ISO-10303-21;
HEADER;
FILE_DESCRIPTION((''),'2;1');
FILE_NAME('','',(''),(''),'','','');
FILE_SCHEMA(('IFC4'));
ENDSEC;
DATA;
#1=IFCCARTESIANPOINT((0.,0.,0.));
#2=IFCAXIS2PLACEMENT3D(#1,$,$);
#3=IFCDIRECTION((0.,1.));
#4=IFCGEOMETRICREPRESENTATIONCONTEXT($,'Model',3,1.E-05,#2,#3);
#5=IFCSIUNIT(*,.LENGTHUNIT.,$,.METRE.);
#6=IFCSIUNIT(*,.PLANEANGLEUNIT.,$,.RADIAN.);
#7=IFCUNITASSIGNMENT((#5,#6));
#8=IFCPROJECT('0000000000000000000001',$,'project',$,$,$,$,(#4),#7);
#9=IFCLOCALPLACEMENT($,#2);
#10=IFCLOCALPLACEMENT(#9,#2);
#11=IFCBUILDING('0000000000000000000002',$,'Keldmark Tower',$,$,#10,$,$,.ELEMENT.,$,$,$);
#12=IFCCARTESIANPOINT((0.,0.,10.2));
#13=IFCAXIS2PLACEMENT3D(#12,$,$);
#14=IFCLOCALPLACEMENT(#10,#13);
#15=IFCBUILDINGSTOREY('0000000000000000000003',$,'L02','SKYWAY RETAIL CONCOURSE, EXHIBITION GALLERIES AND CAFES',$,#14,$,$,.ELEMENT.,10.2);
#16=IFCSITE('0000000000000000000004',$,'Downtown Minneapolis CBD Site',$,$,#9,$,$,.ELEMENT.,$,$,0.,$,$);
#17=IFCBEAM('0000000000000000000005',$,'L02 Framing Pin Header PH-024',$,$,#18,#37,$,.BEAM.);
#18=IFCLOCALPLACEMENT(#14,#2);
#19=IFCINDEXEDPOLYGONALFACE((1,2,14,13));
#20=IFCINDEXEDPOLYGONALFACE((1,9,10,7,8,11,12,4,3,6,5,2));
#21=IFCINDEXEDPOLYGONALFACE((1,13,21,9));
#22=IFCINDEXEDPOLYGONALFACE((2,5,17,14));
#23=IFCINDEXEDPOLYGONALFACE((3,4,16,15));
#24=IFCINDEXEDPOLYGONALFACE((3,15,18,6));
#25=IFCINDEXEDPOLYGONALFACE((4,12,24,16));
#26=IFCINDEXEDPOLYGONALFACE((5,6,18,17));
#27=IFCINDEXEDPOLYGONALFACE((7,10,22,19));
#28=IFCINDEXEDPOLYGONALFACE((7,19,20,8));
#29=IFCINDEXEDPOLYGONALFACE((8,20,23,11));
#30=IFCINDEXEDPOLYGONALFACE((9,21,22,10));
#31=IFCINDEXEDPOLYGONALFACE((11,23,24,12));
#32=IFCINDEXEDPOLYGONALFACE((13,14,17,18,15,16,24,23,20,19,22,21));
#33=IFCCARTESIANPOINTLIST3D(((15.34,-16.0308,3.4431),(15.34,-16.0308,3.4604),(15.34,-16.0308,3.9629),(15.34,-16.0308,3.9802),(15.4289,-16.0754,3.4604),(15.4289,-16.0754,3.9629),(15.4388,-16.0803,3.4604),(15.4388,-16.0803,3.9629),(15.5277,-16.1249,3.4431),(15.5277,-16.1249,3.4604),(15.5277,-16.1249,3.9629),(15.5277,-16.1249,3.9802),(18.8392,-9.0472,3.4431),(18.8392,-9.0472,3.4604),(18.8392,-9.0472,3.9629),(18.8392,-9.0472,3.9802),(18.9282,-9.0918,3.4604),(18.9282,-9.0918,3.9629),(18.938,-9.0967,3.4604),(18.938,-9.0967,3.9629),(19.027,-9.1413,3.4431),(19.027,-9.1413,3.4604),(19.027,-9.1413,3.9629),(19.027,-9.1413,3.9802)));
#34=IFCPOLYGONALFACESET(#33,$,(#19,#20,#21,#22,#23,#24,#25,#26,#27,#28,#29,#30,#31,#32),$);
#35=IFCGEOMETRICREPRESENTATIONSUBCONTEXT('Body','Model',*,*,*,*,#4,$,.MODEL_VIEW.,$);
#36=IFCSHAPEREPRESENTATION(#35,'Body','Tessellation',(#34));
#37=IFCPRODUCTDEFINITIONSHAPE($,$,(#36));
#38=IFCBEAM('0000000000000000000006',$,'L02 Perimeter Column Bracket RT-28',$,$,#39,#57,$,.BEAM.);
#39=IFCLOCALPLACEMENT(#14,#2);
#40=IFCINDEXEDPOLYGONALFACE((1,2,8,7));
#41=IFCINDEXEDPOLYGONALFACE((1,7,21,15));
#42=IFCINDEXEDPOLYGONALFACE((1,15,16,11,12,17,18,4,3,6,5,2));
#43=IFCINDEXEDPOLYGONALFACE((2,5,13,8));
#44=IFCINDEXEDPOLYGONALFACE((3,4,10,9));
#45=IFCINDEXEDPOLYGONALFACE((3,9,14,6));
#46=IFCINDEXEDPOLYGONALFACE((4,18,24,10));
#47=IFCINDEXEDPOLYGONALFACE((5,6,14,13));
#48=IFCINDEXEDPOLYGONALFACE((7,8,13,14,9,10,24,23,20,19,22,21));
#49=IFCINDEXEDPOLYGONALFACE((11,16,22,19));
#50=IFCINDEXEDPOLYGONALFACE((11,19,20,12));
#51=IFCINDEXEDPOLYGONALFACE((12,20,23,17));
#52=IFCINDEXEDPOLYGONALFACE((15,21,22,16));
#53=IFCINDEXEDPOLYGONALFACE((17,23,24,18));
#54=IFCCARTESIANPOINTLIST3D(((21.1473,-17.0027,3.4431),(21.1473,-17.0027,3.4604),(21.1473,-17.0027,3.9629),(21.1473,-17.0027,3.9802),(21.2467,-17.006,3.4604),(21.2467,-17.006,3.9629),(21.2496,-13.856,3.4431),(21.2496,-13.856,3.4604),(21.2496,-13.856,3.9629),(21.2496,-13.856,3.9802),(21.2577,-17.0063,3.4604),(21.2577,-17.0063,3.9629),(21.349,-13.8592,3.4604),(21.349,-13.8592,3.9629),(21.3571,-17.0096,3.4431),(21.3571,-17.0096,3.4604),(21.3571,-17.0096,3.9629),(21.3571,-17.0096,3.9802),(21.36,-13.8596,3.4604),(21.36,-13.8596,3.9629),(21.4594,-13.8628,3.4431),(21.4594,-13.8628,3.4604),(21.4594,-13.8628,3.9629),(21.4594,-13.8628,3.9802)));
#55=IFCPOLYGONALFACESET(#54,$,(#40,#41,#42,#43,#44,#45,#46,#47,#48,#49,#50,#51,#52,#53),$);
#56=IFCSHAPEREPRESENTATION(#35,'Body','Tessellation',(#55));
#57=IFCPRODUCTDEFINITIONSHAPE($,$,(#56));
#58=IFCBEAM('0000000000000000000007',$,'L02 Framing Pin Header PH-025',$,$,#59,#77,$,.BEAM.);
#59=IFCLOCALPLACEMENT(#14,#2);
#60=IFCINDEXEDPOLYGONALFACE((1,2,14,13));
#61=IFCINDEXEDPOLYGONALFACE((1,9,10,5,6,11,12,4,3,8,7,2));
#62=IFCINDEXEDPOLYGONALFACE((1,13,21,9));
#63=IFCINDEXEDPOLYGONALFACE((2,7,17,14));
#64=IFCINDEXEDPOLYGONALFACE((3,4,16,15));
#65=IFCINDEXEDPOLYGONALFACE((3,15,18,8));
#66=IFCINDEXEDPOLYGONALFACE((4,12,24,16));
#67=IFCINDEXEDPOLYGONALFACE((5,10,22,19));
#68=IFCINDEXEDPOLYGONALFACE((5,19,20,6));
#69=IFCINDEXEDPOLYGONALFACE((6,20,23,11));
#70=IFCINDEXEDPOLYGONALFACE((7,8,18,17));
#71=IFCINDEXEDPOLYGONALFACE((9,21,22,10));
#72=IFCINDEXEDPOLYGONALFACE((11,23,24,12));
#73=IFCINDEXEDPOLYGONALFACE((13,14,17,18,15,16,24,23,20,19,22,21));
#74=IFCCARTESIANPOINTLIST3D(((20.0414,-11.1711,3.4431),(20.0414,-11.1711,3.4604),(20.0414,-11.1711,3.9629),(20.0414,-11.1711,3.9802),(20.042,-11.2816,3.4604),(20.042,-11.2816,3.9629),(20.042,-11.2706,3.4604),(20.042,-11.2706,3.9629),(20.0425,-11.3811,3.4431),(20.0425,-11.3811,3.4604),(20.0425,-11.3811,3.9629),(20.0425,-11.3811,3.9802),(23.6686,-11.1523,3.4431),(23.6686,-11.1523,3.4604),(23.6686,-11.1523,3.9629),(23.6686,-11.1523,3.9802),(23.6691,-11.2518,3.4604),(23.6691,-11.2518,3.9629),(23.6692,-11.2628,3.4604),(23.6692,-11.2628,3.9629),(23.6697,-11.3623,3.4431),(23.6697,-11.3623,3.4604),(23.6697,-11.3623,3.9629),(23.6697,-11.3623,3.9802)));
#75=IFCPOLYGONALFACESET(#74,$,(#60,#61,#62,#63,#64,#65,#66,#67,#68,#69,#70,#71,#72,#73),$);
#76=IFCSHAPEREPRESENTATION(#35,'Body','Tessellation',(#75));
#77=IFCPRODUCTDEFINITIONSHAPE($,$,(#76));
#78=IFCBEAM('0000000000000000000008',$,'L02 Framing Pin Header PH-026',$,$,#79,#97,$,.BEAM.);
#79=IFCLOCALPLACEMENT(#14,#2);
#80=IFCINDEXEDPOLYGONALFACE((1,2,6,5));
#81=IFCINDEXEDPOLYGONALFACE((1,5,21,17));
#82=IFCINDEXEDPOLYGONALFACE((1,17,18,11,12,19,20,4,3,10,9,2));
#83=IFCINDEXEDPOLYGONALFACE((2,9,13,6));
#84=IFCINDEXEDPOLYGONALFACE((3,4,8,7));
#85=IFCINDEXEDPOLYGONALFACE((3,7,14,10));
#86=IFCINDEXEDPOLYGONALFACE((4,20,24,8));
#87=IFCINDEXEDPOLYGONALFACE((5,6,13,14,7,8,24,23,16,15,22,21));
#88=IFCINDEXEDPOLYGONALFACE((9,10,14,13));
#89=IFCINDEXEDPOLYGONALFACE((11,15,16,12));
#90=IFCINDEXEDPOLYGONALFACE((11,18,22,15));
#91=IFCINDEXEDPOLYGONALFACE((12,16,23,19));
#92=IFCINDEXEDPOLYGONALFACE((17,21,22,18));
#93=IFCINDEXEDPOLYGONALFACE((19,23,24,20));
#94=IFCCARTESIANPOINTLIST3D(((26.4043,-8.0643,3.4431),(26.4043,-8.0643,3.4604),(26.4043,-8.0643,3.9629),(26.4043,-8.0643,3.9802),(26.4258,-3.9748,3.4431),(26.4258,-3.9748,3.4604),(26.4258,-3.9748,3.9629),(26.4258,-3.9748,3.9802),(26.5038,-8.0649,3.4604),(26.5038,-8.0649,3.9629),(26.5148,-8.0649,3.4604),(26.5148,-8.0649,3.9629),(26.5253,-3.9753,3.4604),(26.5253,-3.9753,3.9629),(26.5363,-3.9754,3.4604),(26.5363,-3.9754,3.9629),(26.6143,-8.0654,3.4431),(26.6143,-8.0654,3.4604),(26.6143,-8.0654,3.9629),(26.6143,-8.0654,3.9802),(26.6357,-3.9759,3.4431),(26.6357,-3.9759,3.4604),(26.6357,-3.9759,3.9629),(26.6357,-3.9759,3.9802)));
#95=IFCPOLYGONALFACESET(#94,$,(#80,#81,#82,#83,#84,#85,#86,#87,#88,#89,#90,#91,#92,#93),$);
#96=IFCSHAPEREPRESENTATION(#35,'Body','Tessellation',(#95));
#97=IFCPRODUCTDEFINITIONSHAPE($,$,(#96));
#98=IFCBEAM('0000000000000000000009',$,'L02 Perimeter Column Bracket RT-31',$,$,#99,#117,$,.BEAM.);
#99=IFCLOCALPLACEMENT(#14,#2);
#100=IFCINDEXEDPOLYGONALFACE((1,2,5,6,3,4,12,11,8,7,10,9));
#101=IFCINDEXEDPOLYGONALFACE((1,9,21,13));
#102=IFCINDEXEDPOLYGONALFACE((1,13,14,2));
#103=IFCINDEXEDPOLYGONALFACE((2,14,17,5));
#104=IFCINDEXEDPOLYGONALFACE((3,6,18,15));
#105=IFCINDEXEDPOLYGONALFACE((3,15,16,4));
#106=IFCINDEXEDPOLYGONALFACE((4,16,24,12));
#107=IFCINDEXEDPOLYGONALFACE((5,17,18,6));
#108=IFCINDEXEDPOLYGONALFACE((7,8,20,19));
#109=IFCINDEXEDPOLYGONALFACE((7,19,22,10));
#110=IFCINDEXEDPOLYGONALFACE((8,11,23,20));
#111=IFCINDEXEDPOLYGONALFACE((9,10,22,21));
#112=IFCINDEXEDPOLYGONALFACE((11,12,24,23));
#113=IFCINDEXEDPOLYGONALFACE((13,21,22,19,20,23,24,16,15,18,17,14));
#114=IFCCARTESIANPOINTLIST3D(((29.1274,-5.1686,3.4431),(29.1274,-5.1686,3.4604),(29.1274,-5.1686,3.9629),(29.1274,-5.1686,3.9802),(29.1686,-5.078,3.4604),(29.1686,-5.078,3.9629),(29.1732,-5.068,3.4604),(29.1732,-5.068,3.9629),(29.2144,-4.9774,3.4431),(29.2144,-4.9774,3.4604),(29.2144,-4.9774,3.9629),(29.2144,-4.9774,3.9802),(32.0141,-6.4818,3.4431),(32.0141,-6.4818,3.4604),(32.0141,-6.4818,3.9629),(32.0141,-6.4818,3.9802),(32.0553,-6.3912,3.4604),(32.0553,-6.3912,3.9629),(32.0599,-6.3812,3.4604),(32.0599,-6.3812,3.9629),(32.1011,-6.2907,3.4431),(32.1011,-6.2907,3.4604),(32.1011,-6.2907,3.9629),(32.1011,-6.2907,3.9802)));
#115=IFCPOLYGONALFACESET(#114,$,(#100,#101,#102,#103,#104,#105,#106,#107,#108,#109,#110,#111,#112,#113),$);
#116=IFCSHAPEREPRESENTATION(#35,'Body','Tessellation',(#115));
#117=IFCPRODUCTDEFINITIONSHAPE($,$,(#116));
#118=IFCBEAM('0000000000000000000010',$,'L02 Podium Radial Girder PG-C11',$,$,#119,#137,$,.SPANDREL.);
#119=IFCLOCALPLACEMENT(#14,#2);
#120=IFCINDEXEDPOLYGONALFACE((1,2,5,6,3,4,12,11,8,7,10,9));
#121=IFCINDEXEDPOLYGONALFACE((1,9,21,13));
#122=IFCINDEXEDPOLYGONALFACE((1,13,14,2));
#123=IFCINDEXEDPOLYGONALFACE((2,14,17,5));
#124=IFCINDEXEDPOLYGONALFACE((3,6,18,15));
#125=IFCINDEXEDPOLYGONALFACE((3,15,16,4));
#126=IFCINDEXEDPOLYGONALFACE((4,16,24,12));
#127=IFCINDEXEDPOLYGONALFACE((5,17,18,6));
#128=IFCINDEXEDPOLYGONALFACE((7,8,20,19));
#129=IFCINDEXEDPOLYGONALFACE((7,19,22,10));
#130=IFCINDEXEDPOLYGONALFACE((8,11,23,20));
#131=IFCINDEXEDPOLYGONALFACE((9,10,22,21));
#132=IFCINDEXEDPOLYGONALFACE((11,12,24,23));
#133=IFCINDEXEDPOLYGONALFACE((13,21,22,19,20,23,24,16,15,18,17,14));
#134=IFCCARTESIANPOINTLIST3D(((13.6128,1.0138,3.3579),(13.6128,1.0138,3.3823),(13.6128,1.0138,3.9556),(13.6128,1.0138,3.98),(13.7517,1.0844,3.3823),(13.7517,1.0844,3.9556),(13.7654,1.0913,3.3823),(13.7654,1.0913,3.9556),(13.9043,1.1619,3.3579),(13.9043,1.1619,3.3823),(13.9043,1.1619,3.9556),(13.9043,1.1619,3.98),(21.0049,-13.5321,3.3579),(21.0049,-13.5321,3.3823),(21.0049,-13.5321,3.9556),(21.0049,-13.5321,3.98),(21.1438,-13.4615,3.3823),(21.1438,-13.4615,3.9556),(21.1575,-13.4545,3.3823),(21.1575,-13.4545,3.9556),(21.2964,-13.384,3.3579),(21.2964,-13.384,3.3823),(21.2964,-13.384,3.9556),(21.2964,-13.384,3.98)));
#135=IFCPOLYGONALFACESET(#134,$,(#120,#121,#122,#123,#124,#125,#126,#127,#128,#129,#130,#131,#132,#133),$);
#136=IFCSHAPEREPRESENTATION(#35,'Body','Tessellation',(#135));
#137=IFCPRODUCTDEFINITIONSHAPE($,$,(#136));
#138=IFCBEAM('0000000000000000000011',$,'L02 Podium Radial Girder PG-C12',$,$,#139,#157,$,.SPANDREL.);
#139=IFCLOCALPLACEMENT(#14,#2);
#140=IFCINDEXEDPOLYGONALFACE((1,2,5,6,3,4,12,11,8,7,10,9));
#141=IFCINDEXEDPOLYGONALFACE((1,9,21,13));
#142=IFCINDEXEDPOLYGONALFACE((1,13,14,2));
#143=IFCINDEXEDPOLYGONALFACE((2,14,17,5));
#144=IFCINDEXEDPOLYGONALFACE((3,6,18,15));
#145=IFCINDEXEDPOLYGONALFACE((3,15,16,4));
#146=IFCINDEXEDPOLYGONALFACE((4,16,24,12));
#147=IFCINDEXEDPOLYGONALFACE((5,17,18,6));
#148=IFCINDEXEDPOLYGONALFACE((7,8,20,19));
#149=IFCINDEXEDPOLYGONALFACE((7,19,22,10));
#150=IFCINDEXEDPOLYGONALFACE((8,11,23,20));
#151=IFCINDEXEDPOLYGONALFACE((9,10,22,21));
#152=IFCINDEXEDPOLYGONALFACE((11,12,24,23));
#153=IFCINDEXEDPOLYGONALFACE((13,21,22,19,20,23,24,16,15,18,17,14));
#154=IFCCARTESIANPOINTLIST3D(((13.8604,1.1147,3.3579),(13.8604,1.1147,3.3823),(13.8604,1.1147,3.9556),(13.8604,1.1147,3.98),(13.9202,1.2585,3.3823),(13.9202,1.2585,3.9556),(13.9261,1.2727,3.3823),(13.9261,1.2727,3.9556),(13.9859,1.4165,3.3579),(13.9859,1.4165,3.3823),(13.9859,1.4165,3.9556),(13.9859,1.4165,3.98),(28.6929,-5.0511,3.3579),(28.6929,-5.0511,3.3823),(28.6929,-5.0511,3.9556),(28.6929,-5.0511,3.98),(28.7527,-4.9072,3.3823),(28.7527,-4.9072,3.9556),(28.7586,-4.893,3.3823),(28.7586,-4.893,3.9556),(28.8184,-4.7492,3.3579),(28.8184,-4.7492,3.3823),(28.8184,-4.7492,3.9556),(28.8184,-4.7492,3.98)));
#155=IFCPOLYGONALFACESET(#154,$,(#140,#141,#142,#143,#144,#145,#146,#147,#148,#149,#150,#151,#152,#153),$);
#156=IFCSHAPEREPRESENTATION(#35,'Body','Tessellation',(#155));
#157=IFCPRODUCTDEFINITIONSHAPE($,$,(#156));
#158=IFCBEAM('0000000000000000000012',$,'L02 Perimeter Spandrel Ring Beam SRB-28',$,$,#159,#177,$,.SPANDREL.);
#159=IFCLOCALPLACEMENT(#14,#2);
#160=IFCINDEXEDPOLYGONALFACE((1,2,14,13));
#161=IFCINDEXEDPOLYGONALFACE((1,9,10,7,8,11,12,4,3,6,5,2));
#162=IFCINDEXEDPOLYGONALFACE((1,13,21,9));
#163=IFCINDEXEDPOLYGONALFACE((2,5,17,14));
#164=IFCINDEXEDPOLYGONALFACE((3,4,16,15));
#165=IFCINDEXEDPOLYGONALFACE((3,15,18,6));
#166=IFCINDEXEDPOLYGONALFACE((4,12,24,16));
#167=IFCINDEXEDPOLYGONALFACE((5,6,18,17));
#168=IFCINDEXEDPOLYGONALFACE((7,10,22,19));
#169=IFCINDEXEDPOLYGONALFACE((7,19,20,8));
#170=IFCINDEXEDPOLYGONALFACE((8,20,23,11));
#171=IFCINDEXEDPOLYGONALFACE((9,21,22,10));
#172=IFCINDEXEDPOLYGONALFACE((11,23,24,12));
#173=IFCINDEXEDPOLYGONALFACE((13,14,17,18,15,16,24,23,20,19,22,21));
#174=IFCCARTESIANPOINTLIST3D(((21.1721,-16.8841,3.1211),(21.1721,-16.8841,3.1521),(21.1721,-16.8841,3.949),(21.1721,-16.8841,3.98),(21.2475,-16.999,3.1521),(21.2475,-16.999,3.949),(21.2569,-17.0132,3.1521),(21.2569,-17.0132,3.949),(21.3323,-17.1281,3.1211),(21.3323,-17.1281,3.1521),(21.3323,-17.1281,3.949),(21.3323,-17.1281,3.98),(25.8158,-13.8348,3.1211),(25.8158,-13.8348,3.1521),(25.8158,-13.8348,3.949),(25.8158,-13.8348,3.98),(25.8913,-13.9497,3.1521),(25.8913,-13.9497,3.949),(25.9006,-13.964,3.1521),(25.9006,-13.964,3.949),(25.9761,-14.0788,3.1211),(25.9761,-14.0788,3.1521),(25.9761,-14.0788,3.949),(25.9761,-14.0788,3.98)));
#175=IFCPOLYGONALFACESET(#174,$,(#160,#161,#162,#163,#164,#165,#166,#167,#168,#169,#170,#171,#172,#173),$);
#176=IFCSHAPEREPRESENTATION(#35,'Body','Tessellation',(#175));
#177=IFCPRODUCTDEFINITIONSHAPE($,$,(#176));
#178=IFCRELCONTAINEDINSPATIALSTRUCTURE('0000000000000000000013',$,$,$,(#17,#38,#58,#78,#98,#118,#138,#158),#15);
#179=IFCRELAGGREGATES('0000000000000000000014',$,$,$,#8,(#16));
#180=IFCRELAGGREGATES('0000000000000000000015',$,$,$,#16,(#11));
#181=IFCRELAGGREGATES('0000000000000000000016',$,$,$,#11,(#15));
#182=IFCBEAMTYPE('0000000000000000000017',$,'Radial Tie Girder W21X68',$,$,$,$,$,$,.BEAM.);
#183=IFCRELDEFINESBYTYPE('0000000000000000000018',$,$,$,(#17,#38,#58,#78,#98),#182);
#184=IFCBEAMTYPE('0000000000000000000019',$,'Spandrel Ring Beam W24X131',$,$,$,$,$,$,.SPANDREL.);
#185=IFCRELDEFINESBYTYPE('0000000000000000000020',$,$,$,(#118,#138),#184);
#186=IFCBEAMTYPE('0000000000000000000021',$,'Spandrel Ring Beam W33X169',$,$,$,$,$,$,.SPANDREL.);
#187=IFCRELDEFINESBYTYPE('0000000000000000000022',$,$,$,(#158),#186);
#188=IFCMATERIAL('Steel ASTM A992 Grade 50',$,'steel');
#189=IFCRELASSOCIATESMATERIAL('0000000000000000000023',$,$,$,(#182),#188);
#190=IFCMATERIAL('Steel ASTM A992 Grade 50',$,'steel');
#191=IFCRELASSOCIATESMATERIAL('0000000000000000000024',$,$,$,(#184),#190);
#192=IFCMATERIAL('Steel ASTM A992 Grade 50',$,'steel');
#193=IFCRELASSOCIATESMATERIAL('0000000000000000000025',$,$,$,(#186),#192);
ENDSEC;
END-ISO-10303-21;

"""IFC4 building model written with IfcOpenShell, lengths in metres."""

from ifc_helpers import new_model, si_unit, direction, frame, origin, origin_2d, place, context, subcontext, project, spatial, i_section, extrude, material, material_profile, profile_set, type_object, element, save


model = new_model("IFC4")

# Units and contexts
model_context = context("Model", 3, precision=1e-05, world=origin(), true_north=direction((0.0, 1.0)))
body_context = subcontext(model_context, "Body", "Model", "MODEL_VIEW")
ifc_project = project(units=[si_unit("LENGTHUNIT", "METRE"), si_unit("PLANEANGLEUNIT", "RADIAN")], contexts=[model_context])

# Site, building, storey
site_placement = place(None, origin())
site = spatial("IfcSite", under=ifc_project, at=site_placement, Name="Downtown Minneapolis CBD Site", CompositionType="ELEMENT", RefElevation=0.0)
building_placement = place(site_placement, origin())
building = spatial("IfcBuilding", under=site, at=building_placement, Name="Keldmark Tower", CompositionType="ELEMENT")
storey_placement = place(building_placement, frame((0.0, 0.0, 10.2)))
storey = spatial("IfcBuildingStorey", under=building, at=storey_placement, Name="L02", Description="SKYWAY RETAIL CONCOURSE, EXHIBITION GALLERIES AND CAFES", CompositionType="ELEMENT", Elevation=10.2)

# Beams
ifc_material_1 = material(Name="Steel ASTM A992 Grade 50", Category="steel")
ifc_material_profile_1 = material_profile(ifc_material_1, i_section(OverallWidth=0.21, OverallDepth=0.5371, WebThickness=0.011, FlangeThickness=0.0173, at=origin_2d()), Name="W21X68")
ifc_profile_set_1 = profile_set([ifc_material_profile_1], Name="Steel ASTM A992 Grade 50")
beam_type_1 = type_object("IfcBeamType", Name="Radial Tie Girder W21X68", PredefinedType="BEAM", material=ifc_profile_set_1)
beam_1_placement = place(storey_placement, frame((18.9331, -9.0942, 3.7117), z_axis=(-0.447976, -0.894046, 0.0), x_axis=(0.894046, -0.447976, 0.0)))
element("IfcBeam", 1, at=beam_1_placement, inside=storey, type_object=beam_type_1, Name="L02 Framing Pin Header PH-024", PredefinedType="BEAM", context=body_context, shape_type="SweptSolid", body=[
    extrude(i_section(OverallWidth=0.21, OverallDepth=0.5371, WebThickness=0.011, FlangeThickness=0.0173, at=origin_2d()), origin(), (0.0, 0.0, 1.0), 7.8113),
])
beam_2_placement = place(storey_placement, frame((21.3545, -13.8594, 3.7117), z_axis=(-0.032491, -0.999472, 0.0), x_axis=(0.999472, -0.032491, 0.0)))
element("IfcBeam", 2, at=beam_2_placement, inside=storey, type_object=beam_type_1, Name="L02 Perimeter Column Bracket RT-28", PredefinedType="BEAM", context=body_context, shape_type="SweptSolid", body=[
    extrude(i_section(OverallWidth=0.21, OverallDepth=0.5371, WebThickness=0.011, FlangeThickness=0.0173, at=origin_2d()), origin(), (0.0, 0.0, 1.0), 3.1484),
])
beam_3_placement = place(storey_placement, frame((20.042, -11.2761, 3.7117), z_axis=(0.999987, 0.005183, 0.0), x_axis=(-0.005183, 0.999987, 0.0)))
element("IfcBeam", 3, at=beam_3_placement, inside=storey, type_object=beam_type_1, Name="L02 Framing Pin Header PH-025", PredefinedType="BEAM", context=body_context, shape_type="SweptSolid", body=[
    extrude(i_section(OverallWidth=0.21, OverallDepth=0.5371, WebThickness=0.011, FlangeThickness=0.0173, at=origin_2d()), origin(), (0.0, 0.0, 1.0), 3.6272),
])
beam_4_placement = place(storey_placement, frame((26.5308, -3.9753, 3.7117), z_axis=(-0.005253, -0.999986, 0.0), x_axis=(0.999986, -0.005253, 0.0)))
element("IfcBeam", 4, at=beam_4_placement, inside=storey, type_object=beam_type_1, Name="L02 Framing Pin Header PH-026", PredefinedType="BEAM", context=body_context, shape_type="SweptSolid", body=[
    extrude(i_section(OverallWidth=0.21, OverallDepth=0.5371, WebThickness=0.011, FlangeThickness=0.0173, at=origin_2d()), origin(), (0.0, 0.0, 1.0), 4.0896),
])
beam_5_placement = place(storey_placement, frame((29.1709, -5.073, 3.7117), z_axis=(0.910237, -0.414087, 0.0), x_axis=(0.414087, 0.910237, 0.0)))
element("IfcBeam", 5, at=beam_5_placement, inside=storey, type_object=beam_type_1, Name="L02 Perimeter Column Bracket RT-31", PredefinedType="BEAM", context=body_context, shape_type="SweptSolid", body=[
    extrude(i_section(OverallWidth=0.21, OverallDepth=0.5371, WebThickness=0.011, FlangeThickness=0.0173, at=origin_2d()), origin(), (0.0, 0.0, 1.0), 3.1714),
])
ifc_material_2 = material(Name="Steel ASTM A992 Grade 50", Category="steel")
ifc_material_profile_2 = material_profile(ifc_material_2, i_section(OverallWidth=0.3269, OverallDepth=0.6221, WebThickness=0.0154, FlangeThickness=0.0244, at=origin_2d()), Name="W24X131")
ifc_profile_set_2 = profile_set([ifc_material_profile_2], Name="Steel ASTM A992 Grade 50")
beam_type_2 = type_object("IfcBeamType", Name="Spandrel Ring Beam W24X131", PredefinedType="SPANDREL", material=ifc_profile_set_2)
beam_6_placement = place(storey_placement, frame((21.1506, -13.458, 3.6689), z_axis=(-0.453046, 0.891487, 0.0), x_axis=(-0.891487, -0.453046, 0.0)))
element("IfcBeam", 6, at=beam_6_placement, inside=storey, type_object=beam_type_2, Name="L02 Podium Radial Girder PG-C11", PredefinedType="SPANDREL", context=body_context, shape_type="SweptSolid", body=[
    extrude(i_section(OverallWidth=0.3269, OverallDepth=0.6221, WebThickness=0.0154, FlangeThickness=0.0244, at=origin_2d()), origin(), (0.0, 0.0, 1.0), 16.3164),
])
beam_7_placement = place(storey_placement, frame((28.7556, -4.9001, 3.6689), z_axis=(-0.923396, 0.383849, 0.0), x_axis=(-0.383849, -0.923396, 0.0)))
element("IfcBeam", 7, at=beam_7_placement, inside=storey, type_object=beam_type_2, Name="L02 Podium Radial Girder PG-C12", PredefinedType="SPANDREL", context=body_context, shape_type="SweptSolid", body=[
    extrude(i_section(OverallWidth=0.3269, OverallDepth=0.6221, WebThickness=0.0154, FlangeThickness=0.0244, at=origin_2d()), origin(), (0.0, 0.0, 1.0), 16.063),
])
ifc_material_3 = material(Name="Steel ASTM A992 Grade 50", Category="steel")
ifc_material_profile_3 = material_profile(ifc_material_3, i_section(OverallWidth=0.292, OverallDepth=0.8589, WebThickness=0.0171, FlangeThickness=0.031, at=origin_2d()), Name="W33X169")
ifc_profile_set_3 = profile_set([ifc_material_profile_3], Name="Steel ASTM A992 Grade 50")
beam_type_3 = type_object("IfcBeamType", Name="Spandrel Ring Beam W33X169", PredefinedType="SPANDREL", material=ifc_profile_set_3)
beam_8_placement = place(storey_placement, frame((21.2522, -17.0061, 3.5505), z_axis=(0.835897, 0.548886, 0.0), x_axis=(-0.548886, 0.835897, 0.0)))
element("IfcBeam", 8, at=beam_8_placement, inside=storey, type_object=beam_type_3, Name="L02 Perimeter Spandrel Ring Beam SRB-28", PredefinedType="SPANDREL", context=body_context, shape_type="SweptSolid", body=[
    extrude(i_section(OverallWidth=0.292, OverallDepth=0.8589, WebThickness=0.0171, FlangeThickness=0.031, at=origin_2d()), origin(), (0.0, 0.0, 1.0), 5.5554),
])

save(model, "model.ifc")
